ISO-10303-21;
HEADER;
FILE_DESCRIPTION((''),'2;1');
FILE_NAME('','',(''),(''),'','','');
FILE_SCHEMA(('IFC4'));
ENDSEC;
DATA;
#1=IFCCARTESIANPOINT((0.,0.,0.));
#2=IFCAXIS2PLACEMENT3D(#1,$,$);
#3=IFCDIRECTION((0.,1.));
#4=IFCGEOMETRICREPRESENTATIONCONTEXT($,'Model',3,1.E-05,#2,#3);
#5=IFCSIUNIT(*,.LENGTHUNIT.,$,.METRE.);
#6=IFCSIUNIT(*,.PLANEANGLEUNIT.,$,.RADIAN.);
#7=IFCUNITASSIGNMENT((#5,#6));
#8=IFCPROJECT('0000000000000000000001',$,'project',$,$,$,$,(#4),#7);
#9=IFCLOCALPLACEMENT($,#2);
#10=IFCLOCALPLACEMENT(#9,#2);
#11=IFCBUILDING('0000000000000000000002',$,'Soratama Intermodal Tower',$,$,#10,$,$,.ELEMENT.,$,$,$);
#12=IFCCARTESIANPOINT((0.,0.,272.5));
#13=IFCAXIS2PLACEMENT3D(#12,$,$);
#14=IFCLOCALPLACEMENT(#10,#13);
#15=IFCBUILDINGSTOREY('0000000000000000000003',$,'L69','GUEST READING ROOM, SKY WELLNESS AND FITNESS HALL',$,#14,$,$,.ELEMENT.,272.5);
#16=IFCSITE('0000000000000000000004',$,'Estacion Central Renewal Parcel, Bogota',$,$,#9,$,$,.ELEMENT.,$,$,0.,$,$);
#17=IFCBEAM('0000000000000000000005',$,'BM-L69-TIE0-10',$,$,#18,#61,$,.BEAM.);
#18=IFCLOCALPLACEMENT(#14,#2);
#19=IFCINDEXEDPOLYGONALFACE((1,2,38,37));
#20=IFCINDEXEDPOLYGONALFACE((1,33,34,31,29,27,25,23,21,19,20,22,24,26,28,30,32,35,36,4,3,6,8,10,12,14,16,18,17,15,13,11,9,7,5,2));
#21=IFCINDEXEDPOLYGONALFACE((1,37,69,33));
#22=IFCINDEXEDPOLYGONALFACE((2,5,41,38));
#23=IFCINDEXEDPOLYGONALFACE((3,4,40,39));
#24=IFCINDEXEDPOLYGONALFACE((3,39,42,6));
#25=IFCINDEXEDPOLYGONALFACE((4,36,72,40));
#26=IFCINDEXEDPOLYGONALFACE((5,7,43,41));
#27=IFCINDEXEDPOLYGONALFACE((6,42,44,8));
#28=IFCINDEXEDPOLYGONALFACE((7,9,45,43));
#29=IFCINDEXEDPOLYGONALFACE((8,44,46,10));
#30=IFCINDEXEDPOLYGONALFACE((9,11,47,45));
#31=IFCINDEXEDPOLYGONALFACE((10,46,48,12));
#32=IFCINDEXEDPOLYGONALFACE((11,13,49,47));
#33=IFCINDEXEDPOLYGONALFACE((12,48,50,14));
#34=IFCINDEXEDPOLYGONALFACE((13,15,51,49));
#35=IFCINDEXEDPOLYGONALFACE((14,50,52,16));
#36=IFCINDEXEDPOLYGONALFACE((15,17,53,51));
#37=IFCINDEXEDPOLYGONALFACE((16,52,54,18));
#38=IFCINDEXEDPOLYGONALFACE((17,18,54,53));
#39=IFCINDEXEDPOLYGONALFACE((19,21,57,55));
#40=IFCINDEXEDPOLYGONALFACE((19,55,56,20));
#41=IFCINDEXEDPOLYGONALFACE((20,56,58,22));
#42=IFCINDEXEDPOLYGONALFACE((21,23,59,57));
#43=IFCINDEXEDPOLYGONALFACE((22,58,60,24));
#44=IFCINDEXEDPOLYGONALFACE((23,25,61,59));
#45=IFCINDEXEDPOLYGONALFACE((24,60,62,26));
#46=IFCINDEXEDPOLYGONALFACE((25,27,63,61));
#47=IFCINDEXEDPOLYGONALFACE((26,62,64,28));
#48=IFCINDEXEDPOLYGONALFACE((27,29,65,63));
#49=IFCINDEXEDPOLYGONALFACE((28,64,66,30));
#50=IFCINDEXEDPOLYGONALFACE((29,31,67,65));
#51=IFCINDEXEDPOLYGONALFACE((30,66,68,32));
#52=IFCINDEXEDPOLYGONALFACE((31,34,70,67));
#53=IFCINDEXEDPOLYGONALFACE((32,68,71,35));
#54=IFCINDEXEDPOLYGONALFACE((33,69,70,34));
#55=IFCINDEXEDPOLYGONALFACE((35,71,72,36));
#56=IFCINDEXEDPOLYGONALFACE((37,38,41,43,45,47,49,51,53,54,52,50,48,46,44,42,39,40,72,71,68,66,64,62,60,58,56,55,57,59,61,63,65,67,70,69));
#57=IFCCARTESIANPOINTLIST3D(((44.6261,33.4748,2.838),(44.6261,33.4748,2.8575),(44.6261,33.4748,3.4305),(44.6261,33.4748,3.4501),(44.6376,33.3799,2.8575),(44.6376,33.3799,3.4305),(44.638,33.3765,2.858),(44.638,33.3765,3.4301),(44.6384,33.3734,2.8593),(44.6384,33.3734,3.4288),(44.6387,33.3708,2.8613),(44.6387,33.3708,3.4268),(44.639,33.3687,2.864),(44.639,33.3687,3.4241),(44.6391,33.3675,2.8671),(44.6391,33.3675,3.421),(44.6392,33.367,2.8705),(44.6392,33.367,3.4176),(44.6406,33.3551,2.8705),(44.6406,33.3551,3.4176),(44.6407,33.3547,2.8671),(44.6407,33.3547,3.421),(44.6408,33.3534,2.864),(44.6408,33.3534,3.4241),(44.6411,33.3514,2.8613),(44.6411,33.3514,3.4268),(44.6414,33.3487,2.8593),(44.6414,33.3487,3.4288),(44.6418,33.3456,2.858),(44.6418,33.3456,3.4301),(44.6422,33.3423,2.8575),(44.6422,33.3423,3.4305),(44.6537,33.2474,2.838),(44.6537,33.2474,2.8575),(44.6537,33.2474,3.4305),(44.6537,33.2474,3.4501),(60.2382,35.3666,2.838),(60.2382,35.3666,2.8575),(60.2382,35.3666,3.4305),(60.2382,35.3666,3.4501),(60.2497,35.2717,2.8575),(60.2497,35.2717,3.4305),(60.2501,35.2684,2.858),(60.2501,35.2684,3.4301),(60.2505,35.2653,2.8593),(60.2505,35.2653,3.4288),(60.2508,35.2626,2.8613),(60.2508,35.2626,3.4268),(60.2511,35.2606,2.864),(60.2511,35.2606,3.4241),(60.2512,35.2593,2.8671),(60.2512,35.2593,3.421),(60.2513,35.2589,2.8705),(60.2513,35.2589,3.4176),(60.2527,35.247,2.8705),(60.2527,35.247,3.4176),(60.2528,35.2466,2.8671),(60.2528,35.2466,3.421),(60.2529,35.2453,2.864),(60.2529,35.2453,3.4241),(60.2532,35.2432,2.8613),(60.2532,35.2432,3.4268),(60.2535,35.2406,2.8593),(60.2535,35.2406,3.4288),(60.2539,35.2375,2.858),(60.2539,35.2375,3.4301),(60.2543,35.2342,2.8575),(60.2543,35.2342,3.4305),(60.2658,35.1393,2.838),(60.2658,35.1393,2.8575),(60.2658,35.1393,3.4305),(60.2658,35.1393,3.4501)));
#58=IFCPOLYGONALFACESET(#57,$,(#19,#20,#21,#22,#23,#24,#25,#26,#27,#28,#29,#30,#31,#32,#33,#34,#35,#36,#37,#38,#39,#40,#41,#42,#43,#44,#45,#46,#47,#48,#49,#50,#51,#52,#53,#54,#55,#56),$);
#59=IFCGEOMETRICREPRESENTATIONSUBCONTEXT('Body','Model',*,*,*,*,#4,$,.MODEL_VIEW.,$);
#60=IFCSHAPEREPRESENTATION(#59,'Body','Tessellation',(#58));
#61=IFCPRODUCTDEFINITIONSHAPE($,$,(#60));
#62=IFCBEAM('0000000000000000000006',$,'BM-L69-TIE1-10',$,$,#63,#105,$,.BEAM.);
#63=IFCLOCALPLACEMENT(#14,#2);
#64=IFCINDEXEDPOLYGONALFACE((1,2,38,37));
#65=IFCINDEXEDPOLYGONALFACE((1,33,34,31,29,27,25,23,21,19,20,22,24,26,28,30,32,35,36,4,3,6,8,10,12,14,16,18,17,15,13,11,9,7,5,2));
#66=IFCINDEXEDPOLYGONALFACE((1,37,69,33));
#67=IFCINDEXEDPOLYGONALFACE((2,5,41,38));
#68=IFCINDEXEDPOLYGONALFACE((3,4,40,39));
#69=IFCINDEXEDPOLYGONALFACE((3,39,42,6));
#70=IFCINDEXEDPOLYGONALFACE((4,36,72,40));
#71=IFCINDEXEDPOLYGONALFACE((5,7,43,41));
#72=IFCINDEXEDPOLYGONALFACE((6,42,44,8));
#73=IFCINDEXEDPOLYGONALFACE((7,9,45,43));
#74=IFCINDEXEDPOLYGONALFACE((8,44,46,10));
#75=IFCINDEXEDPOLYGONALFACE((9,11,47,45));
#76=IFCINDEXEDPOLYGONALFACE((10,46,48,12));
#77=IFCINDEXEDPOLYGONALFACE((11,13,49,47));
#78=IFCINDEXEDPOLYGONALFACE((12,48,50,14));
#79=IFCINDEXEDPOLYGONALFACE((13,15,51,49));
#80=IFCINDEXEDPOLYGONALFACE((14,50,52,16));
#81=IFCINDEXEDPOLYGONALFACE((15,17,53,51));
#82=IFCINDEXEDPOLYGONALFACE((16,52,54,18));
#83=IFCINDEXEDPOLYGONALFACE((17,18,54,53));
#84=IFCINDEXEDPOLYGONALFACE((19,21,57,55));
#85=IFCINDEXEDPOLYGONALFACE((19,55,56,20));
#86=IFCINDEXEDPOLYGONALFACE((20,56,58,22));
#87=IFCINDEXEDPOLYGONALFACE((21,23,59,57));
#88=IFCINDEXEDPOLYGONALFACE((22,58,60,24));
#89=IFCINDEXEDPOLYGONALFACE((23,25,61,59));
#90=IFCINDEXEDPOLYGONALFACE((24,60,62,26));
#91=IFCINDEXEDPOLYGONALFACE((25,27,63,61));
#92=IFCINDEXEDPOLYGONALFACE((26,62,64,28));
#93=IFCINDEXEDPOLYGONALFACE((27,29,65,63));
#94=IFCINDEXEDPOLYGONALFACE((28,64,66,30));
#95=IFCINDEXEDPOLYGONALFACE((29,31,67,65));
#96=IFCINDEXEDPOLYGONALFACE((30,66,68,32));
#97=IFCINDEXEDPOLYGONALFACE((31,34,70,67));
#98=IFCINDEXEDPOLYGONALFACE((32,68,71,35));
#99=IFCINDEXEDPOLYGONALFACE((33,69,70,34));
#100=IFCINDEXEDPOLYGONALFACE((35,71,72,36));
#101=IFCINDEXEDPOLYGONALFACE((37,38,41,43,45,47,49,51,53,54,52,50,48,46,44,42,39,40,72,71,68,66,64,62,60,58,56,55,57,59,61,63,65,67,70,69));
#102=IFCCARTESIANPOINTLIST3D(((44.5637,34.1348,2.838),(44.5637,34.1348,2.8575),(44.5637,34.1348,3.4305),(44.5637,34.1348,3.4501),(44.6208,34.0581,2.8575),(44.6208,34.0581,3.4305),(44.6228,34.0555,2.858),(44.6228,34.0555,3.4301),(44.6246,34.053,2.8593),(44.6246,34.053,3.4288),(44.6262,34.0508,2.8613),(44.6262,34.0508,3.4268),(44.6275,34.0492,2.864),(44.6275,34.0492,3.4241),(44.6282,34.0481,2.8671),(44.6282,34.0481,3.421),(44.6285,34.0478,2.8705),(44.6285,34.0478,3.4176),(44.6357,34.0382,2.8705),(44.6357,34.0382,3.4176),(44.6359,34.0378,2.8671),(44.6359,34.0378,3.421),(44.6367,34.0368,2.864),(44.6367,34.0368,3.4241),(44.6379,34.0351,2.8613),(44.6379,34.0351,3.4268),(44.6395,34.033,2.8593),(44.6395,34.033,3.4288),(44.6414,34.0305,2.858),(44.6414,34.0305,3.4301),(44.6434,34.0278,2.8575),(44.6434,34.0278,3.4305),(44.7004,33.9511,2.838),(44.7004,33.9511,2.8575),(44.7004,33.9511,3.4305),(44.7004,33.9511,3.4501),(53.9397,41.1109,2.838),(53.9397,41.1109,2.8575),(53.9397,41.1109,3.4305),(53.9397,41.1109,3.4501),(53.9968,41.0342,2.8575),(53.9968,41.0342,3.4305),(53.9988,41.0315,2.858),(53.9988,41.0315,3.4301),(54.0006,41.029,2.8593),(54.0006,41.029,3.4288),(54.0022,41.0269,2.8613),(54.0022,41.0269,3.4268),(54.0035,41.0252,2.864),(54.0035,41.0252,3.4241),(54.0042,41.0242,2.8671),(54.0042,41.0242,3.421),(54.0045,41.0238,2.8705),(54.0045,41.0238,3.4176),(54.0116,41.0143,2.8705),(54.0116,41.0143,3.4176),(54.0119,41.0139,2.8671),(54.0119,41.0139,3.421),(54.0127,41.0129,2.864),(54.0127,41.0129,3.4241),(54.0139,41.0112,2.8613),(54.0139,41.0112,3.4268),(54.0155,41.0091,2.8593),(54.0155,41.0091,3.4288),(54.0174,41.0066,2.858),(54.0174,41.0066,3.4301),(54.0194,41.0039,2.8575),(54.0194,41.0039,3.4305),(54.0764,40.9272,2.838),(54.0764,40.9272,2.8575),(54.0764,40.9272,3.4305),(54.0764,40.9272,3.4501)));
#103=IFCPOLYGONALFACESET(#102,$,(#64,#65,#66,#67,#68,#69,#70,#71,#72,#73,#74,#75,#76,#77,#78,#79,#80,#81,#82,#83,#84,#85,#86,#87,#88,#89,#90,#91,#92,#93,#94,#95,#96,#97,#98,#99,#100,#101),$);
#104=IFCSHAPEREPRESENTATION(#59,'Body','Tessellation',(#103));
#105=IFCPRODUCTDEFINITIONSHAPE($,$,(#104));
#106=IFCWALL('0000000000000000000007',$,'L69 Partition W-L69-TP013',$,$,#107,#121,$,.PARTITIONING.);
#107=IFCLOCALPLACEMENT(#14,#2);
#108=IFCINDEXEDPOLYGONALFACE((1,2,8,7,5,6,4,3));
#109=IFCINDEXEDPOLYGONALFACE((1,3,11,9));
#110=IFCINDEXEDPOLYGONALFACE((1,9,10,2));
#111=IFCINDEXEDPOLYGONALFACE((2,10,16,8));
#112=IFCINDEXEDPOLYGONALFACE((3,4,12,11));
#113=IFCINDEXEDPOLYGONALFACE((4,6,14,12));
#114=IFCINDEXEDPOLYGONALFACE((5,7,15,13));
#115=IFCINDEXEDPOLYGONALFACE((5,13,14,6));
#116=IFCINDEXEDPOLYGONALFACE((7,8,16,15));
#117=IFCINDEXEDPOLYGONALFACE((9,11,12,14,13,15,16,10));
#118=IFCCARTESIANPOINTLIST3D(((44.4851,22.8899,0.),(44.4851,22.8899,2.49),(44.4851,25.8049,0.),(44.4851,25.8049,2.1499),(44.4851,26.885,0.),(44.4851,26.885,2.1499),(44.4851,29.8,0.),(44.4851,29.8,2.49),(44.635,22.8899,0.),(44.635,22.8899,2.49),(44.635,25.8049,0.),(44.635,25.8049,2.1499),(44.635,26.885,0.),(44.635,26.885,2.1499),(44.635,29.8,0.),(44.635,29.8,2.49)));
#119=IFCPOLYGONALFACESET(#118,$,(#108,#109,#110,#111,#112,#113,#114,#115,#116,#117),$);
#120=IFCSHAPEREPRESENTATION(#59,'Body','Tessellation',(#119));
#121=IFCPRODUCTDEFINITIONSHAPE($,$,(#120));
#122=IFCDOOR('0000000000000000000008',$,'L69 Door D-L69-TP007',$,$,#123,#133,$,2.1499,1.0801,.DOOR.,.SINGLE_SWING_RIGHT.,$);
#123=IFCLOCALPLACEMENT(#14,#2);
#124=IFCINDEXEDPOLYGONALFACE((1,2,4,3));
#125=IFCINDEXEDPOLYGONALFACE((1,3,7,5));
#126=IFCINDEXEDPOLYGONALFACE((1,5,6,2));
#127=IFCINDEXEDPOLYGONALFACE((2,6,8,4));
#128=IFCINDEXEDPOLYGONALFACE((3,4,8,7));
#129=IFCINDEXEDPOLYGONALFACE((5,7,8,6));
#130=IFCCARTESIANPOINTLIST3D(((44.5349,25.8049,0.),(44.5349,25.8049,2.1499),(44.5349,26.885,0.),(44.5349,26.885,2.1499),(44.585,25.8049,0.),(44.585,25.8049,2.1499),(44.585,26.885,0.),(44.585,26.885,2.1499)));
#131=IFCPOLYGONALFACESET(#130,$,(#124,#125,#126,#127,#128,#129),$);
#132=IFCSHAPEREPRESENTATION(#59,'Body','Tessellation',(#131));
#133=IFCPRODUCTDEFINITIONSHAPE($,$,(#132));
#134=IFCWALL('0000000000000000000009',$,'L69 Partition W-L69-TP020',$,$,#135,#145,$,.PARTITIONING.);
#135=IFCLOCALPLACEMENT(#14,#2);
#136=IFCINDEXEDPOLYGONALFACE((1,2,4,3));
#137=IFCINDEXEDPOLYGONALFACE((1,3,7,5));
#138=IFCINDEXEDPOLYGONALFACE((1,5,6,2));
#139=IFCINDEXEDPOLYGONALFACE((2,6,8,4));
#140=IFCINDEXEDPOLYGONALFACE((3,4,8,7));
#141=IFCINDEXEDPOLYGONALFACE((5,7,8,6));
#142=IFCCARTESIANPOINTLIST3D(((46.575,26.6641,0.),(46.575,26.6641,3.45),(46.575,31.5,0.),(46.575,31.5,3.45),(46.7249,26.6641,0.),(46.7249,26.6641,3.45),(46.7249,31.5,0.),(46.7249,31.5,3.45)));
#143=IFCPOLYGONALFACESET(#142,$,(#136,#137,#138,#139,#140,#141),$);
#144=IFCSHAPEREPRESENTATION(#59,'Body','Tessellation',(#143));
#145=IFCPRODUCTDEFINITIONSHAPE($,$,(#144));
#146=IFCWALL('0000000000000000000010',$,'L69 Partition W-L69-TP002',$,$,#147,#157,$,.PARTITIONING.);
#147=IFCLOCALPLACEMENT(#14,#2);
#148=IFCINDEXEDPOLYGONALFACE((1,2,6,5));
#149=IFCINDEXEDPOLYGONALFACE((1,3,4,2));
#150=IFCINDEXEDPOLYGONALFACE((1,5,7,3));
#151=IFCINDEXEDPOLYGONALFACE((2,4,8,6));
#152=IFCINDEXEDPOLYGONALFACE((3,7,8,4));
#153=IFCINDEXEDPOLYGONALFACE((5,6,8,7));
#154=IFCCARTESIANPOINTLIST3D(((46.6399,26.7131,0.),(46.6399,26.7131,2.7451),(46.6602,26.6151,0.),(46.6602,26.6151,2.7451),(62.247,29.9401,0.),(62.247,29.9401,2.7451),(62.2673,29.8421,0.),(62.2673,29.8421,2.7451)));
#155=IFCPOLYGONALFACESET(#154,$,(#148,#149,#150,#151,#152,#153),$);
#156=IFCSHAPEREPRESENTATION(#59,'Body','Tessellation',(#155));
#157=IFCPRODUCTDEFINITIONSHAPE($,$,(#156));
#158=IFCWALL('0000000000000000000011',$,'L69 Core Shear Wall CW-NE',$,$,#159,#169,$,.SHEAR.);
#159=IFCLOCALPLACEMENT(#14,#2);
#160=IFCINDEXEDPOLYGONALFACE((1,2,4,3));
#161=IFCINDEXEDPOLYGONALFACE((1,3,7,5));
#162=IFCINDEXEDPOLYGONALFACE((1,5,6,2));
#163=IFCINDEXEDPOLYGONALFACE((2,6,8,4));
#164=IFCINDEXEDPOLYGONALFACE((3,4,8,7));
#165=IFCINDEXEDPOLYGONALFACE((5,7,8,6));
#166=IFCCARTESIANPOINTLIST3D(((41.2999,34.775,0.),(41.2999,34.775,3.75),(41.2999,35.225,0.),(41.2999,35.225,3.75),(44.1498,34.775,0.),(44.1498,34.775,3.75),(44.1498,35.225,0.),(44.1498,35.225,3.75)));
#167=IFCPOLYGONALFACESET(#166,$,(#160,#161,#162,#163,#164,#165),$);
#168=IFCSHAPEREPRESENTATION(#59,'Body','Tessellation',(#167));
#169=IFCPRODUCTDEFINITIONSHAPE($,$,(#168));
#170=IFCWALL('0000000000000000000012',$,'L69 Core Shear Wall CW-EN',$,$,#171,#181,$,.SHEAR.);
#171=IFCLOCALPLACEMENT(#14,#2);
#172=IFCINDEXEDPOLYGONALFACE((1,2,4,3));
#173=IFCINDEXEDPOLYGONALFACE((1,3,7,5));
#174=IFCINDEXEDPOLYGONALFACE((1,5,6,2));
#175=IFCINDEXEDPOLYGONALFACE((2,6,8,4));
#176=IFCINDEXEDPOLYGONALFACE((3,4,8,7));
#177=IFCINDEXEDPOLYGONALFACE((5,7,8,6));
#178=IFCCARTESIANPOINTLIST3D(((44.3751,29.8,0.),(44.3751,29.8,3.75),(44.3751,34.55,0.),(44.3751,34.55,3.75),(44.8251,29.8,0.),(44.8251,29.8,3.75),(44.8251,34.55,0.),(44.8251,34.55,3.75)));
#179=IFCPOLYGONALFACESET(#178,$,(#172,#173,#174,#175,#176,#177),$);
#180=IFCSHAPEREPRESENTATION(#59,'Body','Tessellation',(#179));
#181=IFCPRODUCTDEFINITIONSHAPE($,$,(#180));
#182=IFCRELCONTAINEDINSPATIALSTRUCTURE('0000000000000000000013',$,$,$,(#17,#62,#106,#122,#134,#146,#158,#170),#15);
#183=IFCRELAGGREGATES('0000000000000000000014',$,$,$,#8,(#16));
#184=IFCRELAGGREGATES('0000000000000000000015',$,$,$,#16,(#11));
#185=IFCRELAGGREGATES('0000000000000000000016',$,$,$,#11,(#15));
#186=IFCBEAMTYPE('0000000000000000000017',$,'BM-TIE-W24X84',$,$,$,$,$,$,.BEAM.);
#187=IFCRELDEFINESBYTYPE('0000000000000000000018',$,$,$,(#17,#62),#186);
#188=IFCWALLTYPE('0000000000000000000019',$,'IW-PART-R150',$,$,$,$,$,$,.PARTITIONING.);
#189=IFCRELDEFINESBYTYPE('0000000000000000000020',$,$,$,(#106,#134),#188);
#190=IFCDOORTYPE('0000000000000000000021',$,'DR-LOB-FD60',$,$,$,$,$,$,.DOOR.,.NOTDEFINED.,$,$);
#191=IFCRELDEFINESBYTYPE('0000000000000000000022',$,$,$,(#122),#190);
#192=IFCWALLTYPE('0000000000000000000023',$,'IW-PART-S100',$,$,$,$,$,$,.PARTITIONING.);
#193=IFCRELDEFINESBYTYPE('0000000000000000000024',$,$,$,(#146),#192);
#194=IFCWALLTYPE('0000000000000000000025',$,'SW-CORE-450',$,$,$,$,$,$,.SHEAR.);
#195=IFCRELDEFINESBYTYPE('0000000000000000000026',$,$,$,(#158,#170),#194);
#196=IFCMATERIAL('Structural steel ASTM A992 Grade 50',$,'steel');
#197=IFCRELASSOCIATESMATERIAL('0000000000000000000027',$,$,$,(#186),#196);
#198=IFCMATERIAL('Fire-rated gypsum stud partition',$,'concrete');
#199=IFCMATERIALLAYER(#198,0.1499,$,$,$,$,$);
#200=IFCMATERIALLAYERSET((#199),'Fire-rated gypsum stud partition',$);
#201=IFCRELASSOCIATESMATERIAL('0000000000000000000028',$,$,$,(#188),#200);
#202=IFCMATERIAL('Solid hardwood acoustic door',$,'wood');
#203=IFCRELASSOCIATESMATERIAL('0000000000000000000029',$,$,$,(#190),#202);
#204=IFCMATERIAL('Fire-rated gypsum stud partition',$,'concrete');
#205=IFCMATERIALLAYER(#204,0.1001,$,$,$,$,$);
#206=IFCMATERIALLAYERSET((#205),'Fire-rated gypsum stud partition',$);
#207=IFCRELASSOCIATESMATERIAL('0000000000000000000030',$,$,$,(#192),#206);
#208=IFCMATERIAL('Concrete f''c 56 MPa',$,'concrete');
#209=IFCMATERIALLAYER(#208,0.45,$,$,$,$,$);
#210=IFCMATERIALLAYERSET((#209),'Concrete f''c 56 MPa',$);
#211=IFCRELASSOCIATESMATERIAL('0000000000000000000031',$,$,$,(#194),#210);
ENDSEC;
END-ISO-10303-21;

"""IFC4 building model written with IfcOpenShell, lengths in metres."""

from ifc_helpers import new_model, si_unit, direction, frame, frame_2d, origin, origin_2d, place, context, subcontext, project, spatial, rectangle, i_section, extrude, material, layer, layer_set, material_profile, profile_set, type_object, element, fill, save


model = new_model("IFC4")

# Units and contexts
model_context = context("Model", 3, precision=1e-05, world=origin(), true_north=direction((0.0, 1.0)))
body_context = subcontext(model_context, "Body", "Model", "MODEL_VIEW")
ifc_project = project(units=[si_unit("LENGTHUNIT", "METRE"), si_unit("PLANEANGLEUNIT", "RADIAN")], contexts=[model_context])

# Site, building, storey
site_placement = place(None, origin())
site = spatial("IfcSite", under=ifc_project, at=site_placement, Name="Estacion Central Renewal Parcel, Bogota", CompositionType="ELEMENT", RefElevation=0.0)
building_placement = place(site_placement, origin())
building = spatial("IfcBuilding", under=site, at=building_placement, Name="Soratama Intermodal Tower", CompositionType="ELEMENT")
storey_placement = place(building_placement, frame((0.0, 0.0, 272.5)))
storey = spatial("IfcBuildingStorey", under=building, at=storey_placement, Name="L69", Description="GUEST READING ROOM, SKY WELLNESS AND FITNESS HALL", CompositionType="ELEMENT", Elevation=272.5)

# Beams
ifc_material_1 = material(Name="Structural steel ASTM A992 Grade 50", Category="steel")
ifc_material_profile_1 = material_profile(ifc_material_1, i_section(OverallWidth=0.229, OverallDepth=0.6121, WebThickness=0.012, FlangeThickness=0.0195, FilletRadius=0.0129, at=origin_2d()), Name="W24X84")
ifc_profile_set_1 = profile_set([ifc_material_profile_1], Name="Structural steel ASTM A992 Grade 50")
beam_type_1 = type_object("IfcBeamType", Name="BM-TIE-W24X84", PredefinedType="BEAM", material=ifc_profile_set_1)
beam_1_placement = place(storey_placement, frame((44.6399, 33.3611, 3.144), z_axis=(0.992738, 0.120298, 0.0), x_axis=(-0.120298, 0.992738, 0.0)))
element("IfcBeam", 1, at=beam_1_placement, inside=storey, type_object=beam_type_1, Name="BM-L69-TIE0-10", PredefinedType="BEAM", context=body_context, shape_type="SweptSolid", body=[
    extrude(i_section(OverallWidth=0.229, OverallDepth=0.6121, WebThickness=0.012, FlangeThickness=0.0195, FilletRadius=0.0129, at=origin_2d()), origin(), (0.0, 0.0, 1.0), 15.7263),
])
beam_2_placement = place(storey_placement, frame((44.6321, 34.043, 3.144), z_axis=(0.80229, 0.596934, 0.0), x_axis=(-0.596934, 0.80229, 0.0)))
element("IfcBeam", 2, at=beam_2_placement, inside=storey, type_object=beam_type_1, Name="BM-L69-TIE1-10", PredefinedType="BEAM", context=body_context, shape_type="SweptSolid", body=[
    extrude(i_section(OverallWidth=0.229, OverallDepth=0.6121, WebThickness=0.012, FlangeThickness=0.0195, FilletRadius=0.0129, at=origin_2d()), origin(), (0.0, 0.0, 1.0), 11.6865),
])

# Wall, opening, door
ifc_material_2 = material(Name="Fire-rated gypsum stud partition", Category="concrete")
ifc_layer_1 = layer(ifc_material_2, 0.1499)
ifc_layer_set_1 = layer_set([ifc_layer_1], Name="Fire-rated gypsum stud partition")
wall_type_1 = type_object("IfcWallType", Name="IW-PART-R150", PredefinedType="PARTITIONING", material=ifc_layer_set_1)
wall_1_placement = place(storey_placement, frame((44.5601, 29.8, 0.0), z_axis=(0.0, 0.0, 1.0), x_axis=(0.0, -1.0, 0.0)))
wall_1 = element("IfcWall", 3, at=wall_1_placement, inside=storey, type_object=wall_type_1, Name="L69 Partition W-L69-TP013", PredefinedType="PARTITIONING", context=body_context, shape_type="SweptSolid", body=[
    extrude(rectangle(XDim=6.9102, YDim=0.1499, at=frame_2d((3.4551, 0.0))), origin(), (0.0, 0.0, 1.0), 2.49),
])
opening_1_placement = place(wall_1_placement, frame((2.915, 0.0, 0.0)))
opening_1 = element("IfcOpeningElement", 4, at=opening_1_placement, cuts=wall_1, PredefinedType="OPENING", context=body_context, shape_type="SweptSolid", body=[
    extrude(rectangle(XDim=1.0801, YDim=2.1499, at=frame_2d((0.54, 1.075))), frame((0.0, 0.085, 0.0), z_axis=(0.0, -1.0, 0.0), x_axis=(1.0, 0.0, 0.0)), (0.0, 0.0, 1.0), 0.1699),
])
ifc_material_3 = material(Name="Solid hardwood acoustic door", Category="wood")
door_type_1 = type_object("IfcDoorType", Name="DR-LOB-FD60", OperationType="NOTDEFINED", PredefinedType="DOOR", material=ifc_material_3)
door_1_placement = place(opening_1_placement, origin())
door_1 = element("IfcDoor", 5, at=door_1_placement, inside=storey, type_object=door_type_1, Name="L69 Door D-L69-TP007", OperationType="SINGLE_SWING_RIGHT", OverallHeight=2.1499, OverallWidth=1.0801, PredefinedType="DOOR", context=body_context, shape_type="SweptSolid", body=[
    extrude(rectangle(XDim=1.0801, YDim=2.1499, at=frame_2d((0.54, 1.075))), frame((0.0, 0.0249, 0.0), z_axis=(0.0, -1.0, 0.0), x_axis=(1.0, 0.0, 0.0)), (0.0, 0.0, 1.0), 0.05),
])
fill(opening_1, door_1)

# Wall
wall_2_placement = place(storey_placement, frame((46.6499, 31.5, 0.0), z_axis=(0.0, 0.0, 1.0), x_axis=(0.0, -1.0, 0.0)))
element("IfcWall", 6, at=wall_2_placement, inside=storey, type_object=wall_type_1, Name="L69 Partition W-L69-TP020", PredefinedType="PARTITIONING", context=body_context, shape_type="SweptSolid", body=[
    extrude(rectangle(XDim=4.8359, YDim=0.1499, at=frame_2d((2.418, 0.0))), origin(), (0.0, 0.0, 1.0), 3.45),
])

# Walls
ifc_material_4 = material(Name="Fire-rated gypsum stud partition", Category="concrete")
ifc_layer_2 = layer(ifc_material_4, 0.1001)
ifc_layer_set_2 = layer_set([ifc_layer_2], Name="Fire-rated gypsum stud partition")
wall_type_2 = type_object("IfcWallType", Name="IW-PART-S100", PredefinedType="PARTITIONING", material=ifc_layer_set_2)
wall_3_placement = place(storey_placement, frame((46.6499, 26.6641, 0.0), z_axis=(0.0, 0.0, 1.0), x_axis=(0.979286, 0.202484, 0.0)))
element("IfcWall", 7, at=wall_3_placement, inside=storey, type_object=wall_type_2, Name="L69 Partition W-L69-TP002", PredefinedType="PARTITIONING", context=body_context, shape_type="SweptSolid", body=[
    extrude(rectangle(XDim=15.9373, YDim=0.1001, at=frame_2d((7.9688, 0.0))), origin(), (0.0, 0.0, 1.0), 2.7451),
])
ifc_material_5 = material(Name="Concrete f'c 56 MPa", Category="concrete")
ifc_layer_3 = layer(ifc_material_5, 0.45)
ifc_layer_set_3 = layer_set([ifc_layer_3], Name="Concrete f'c 56 MPa")
wall_type_3 = type_object("IfcWallType", Name="SW-CORE-450", PredefinedType="SHEAR", material=ifc_layer_set_3)
wall_4_placement = place(storey_placement, frame((41.3, 35.0, 0.0), z_axis=(0.0, 0.0, 1.0), x_axis=(1.0, 0.0, 0.0)))
element("IfcWall", 8, at=wall_4_placement, inside=storey, type_object=wall_type_3, Name="L69 Core Shear Wall CW-NE", PredefinedType="SHEAR", context=body_context, shape_type="SweptSolid", body=[
    extrude(rectangle(XDim=2.8499, YDim=0.45, at=frame_2d((1.4248, 0.0))), origin(), (0.0, 0.0, 1.0), 3.75),
])
wall_5_placement = place(storey_placement, frame((44.6001, 29.8, 0.0), z_axis=(0.0, 0.0, 1.0), x_axis=(0.0, 1.0, 0.0)))
element("IfcWall", 9, at=wall_5_placement, inside=storey, type_object=wall_type_3, Name="L69 Core Shear Wall CW-EN", PredefinedType="SHEAR", context=body_context, shape_type="SweptSolid", body=[
    extrude(rectangle(XDim=4.75, YDim=0.45, at=frame_2d((2.375, 0.0))), origin(), (0.0, 0.0, 1.0), 3.75),
])

save(model, "model.ifc")
